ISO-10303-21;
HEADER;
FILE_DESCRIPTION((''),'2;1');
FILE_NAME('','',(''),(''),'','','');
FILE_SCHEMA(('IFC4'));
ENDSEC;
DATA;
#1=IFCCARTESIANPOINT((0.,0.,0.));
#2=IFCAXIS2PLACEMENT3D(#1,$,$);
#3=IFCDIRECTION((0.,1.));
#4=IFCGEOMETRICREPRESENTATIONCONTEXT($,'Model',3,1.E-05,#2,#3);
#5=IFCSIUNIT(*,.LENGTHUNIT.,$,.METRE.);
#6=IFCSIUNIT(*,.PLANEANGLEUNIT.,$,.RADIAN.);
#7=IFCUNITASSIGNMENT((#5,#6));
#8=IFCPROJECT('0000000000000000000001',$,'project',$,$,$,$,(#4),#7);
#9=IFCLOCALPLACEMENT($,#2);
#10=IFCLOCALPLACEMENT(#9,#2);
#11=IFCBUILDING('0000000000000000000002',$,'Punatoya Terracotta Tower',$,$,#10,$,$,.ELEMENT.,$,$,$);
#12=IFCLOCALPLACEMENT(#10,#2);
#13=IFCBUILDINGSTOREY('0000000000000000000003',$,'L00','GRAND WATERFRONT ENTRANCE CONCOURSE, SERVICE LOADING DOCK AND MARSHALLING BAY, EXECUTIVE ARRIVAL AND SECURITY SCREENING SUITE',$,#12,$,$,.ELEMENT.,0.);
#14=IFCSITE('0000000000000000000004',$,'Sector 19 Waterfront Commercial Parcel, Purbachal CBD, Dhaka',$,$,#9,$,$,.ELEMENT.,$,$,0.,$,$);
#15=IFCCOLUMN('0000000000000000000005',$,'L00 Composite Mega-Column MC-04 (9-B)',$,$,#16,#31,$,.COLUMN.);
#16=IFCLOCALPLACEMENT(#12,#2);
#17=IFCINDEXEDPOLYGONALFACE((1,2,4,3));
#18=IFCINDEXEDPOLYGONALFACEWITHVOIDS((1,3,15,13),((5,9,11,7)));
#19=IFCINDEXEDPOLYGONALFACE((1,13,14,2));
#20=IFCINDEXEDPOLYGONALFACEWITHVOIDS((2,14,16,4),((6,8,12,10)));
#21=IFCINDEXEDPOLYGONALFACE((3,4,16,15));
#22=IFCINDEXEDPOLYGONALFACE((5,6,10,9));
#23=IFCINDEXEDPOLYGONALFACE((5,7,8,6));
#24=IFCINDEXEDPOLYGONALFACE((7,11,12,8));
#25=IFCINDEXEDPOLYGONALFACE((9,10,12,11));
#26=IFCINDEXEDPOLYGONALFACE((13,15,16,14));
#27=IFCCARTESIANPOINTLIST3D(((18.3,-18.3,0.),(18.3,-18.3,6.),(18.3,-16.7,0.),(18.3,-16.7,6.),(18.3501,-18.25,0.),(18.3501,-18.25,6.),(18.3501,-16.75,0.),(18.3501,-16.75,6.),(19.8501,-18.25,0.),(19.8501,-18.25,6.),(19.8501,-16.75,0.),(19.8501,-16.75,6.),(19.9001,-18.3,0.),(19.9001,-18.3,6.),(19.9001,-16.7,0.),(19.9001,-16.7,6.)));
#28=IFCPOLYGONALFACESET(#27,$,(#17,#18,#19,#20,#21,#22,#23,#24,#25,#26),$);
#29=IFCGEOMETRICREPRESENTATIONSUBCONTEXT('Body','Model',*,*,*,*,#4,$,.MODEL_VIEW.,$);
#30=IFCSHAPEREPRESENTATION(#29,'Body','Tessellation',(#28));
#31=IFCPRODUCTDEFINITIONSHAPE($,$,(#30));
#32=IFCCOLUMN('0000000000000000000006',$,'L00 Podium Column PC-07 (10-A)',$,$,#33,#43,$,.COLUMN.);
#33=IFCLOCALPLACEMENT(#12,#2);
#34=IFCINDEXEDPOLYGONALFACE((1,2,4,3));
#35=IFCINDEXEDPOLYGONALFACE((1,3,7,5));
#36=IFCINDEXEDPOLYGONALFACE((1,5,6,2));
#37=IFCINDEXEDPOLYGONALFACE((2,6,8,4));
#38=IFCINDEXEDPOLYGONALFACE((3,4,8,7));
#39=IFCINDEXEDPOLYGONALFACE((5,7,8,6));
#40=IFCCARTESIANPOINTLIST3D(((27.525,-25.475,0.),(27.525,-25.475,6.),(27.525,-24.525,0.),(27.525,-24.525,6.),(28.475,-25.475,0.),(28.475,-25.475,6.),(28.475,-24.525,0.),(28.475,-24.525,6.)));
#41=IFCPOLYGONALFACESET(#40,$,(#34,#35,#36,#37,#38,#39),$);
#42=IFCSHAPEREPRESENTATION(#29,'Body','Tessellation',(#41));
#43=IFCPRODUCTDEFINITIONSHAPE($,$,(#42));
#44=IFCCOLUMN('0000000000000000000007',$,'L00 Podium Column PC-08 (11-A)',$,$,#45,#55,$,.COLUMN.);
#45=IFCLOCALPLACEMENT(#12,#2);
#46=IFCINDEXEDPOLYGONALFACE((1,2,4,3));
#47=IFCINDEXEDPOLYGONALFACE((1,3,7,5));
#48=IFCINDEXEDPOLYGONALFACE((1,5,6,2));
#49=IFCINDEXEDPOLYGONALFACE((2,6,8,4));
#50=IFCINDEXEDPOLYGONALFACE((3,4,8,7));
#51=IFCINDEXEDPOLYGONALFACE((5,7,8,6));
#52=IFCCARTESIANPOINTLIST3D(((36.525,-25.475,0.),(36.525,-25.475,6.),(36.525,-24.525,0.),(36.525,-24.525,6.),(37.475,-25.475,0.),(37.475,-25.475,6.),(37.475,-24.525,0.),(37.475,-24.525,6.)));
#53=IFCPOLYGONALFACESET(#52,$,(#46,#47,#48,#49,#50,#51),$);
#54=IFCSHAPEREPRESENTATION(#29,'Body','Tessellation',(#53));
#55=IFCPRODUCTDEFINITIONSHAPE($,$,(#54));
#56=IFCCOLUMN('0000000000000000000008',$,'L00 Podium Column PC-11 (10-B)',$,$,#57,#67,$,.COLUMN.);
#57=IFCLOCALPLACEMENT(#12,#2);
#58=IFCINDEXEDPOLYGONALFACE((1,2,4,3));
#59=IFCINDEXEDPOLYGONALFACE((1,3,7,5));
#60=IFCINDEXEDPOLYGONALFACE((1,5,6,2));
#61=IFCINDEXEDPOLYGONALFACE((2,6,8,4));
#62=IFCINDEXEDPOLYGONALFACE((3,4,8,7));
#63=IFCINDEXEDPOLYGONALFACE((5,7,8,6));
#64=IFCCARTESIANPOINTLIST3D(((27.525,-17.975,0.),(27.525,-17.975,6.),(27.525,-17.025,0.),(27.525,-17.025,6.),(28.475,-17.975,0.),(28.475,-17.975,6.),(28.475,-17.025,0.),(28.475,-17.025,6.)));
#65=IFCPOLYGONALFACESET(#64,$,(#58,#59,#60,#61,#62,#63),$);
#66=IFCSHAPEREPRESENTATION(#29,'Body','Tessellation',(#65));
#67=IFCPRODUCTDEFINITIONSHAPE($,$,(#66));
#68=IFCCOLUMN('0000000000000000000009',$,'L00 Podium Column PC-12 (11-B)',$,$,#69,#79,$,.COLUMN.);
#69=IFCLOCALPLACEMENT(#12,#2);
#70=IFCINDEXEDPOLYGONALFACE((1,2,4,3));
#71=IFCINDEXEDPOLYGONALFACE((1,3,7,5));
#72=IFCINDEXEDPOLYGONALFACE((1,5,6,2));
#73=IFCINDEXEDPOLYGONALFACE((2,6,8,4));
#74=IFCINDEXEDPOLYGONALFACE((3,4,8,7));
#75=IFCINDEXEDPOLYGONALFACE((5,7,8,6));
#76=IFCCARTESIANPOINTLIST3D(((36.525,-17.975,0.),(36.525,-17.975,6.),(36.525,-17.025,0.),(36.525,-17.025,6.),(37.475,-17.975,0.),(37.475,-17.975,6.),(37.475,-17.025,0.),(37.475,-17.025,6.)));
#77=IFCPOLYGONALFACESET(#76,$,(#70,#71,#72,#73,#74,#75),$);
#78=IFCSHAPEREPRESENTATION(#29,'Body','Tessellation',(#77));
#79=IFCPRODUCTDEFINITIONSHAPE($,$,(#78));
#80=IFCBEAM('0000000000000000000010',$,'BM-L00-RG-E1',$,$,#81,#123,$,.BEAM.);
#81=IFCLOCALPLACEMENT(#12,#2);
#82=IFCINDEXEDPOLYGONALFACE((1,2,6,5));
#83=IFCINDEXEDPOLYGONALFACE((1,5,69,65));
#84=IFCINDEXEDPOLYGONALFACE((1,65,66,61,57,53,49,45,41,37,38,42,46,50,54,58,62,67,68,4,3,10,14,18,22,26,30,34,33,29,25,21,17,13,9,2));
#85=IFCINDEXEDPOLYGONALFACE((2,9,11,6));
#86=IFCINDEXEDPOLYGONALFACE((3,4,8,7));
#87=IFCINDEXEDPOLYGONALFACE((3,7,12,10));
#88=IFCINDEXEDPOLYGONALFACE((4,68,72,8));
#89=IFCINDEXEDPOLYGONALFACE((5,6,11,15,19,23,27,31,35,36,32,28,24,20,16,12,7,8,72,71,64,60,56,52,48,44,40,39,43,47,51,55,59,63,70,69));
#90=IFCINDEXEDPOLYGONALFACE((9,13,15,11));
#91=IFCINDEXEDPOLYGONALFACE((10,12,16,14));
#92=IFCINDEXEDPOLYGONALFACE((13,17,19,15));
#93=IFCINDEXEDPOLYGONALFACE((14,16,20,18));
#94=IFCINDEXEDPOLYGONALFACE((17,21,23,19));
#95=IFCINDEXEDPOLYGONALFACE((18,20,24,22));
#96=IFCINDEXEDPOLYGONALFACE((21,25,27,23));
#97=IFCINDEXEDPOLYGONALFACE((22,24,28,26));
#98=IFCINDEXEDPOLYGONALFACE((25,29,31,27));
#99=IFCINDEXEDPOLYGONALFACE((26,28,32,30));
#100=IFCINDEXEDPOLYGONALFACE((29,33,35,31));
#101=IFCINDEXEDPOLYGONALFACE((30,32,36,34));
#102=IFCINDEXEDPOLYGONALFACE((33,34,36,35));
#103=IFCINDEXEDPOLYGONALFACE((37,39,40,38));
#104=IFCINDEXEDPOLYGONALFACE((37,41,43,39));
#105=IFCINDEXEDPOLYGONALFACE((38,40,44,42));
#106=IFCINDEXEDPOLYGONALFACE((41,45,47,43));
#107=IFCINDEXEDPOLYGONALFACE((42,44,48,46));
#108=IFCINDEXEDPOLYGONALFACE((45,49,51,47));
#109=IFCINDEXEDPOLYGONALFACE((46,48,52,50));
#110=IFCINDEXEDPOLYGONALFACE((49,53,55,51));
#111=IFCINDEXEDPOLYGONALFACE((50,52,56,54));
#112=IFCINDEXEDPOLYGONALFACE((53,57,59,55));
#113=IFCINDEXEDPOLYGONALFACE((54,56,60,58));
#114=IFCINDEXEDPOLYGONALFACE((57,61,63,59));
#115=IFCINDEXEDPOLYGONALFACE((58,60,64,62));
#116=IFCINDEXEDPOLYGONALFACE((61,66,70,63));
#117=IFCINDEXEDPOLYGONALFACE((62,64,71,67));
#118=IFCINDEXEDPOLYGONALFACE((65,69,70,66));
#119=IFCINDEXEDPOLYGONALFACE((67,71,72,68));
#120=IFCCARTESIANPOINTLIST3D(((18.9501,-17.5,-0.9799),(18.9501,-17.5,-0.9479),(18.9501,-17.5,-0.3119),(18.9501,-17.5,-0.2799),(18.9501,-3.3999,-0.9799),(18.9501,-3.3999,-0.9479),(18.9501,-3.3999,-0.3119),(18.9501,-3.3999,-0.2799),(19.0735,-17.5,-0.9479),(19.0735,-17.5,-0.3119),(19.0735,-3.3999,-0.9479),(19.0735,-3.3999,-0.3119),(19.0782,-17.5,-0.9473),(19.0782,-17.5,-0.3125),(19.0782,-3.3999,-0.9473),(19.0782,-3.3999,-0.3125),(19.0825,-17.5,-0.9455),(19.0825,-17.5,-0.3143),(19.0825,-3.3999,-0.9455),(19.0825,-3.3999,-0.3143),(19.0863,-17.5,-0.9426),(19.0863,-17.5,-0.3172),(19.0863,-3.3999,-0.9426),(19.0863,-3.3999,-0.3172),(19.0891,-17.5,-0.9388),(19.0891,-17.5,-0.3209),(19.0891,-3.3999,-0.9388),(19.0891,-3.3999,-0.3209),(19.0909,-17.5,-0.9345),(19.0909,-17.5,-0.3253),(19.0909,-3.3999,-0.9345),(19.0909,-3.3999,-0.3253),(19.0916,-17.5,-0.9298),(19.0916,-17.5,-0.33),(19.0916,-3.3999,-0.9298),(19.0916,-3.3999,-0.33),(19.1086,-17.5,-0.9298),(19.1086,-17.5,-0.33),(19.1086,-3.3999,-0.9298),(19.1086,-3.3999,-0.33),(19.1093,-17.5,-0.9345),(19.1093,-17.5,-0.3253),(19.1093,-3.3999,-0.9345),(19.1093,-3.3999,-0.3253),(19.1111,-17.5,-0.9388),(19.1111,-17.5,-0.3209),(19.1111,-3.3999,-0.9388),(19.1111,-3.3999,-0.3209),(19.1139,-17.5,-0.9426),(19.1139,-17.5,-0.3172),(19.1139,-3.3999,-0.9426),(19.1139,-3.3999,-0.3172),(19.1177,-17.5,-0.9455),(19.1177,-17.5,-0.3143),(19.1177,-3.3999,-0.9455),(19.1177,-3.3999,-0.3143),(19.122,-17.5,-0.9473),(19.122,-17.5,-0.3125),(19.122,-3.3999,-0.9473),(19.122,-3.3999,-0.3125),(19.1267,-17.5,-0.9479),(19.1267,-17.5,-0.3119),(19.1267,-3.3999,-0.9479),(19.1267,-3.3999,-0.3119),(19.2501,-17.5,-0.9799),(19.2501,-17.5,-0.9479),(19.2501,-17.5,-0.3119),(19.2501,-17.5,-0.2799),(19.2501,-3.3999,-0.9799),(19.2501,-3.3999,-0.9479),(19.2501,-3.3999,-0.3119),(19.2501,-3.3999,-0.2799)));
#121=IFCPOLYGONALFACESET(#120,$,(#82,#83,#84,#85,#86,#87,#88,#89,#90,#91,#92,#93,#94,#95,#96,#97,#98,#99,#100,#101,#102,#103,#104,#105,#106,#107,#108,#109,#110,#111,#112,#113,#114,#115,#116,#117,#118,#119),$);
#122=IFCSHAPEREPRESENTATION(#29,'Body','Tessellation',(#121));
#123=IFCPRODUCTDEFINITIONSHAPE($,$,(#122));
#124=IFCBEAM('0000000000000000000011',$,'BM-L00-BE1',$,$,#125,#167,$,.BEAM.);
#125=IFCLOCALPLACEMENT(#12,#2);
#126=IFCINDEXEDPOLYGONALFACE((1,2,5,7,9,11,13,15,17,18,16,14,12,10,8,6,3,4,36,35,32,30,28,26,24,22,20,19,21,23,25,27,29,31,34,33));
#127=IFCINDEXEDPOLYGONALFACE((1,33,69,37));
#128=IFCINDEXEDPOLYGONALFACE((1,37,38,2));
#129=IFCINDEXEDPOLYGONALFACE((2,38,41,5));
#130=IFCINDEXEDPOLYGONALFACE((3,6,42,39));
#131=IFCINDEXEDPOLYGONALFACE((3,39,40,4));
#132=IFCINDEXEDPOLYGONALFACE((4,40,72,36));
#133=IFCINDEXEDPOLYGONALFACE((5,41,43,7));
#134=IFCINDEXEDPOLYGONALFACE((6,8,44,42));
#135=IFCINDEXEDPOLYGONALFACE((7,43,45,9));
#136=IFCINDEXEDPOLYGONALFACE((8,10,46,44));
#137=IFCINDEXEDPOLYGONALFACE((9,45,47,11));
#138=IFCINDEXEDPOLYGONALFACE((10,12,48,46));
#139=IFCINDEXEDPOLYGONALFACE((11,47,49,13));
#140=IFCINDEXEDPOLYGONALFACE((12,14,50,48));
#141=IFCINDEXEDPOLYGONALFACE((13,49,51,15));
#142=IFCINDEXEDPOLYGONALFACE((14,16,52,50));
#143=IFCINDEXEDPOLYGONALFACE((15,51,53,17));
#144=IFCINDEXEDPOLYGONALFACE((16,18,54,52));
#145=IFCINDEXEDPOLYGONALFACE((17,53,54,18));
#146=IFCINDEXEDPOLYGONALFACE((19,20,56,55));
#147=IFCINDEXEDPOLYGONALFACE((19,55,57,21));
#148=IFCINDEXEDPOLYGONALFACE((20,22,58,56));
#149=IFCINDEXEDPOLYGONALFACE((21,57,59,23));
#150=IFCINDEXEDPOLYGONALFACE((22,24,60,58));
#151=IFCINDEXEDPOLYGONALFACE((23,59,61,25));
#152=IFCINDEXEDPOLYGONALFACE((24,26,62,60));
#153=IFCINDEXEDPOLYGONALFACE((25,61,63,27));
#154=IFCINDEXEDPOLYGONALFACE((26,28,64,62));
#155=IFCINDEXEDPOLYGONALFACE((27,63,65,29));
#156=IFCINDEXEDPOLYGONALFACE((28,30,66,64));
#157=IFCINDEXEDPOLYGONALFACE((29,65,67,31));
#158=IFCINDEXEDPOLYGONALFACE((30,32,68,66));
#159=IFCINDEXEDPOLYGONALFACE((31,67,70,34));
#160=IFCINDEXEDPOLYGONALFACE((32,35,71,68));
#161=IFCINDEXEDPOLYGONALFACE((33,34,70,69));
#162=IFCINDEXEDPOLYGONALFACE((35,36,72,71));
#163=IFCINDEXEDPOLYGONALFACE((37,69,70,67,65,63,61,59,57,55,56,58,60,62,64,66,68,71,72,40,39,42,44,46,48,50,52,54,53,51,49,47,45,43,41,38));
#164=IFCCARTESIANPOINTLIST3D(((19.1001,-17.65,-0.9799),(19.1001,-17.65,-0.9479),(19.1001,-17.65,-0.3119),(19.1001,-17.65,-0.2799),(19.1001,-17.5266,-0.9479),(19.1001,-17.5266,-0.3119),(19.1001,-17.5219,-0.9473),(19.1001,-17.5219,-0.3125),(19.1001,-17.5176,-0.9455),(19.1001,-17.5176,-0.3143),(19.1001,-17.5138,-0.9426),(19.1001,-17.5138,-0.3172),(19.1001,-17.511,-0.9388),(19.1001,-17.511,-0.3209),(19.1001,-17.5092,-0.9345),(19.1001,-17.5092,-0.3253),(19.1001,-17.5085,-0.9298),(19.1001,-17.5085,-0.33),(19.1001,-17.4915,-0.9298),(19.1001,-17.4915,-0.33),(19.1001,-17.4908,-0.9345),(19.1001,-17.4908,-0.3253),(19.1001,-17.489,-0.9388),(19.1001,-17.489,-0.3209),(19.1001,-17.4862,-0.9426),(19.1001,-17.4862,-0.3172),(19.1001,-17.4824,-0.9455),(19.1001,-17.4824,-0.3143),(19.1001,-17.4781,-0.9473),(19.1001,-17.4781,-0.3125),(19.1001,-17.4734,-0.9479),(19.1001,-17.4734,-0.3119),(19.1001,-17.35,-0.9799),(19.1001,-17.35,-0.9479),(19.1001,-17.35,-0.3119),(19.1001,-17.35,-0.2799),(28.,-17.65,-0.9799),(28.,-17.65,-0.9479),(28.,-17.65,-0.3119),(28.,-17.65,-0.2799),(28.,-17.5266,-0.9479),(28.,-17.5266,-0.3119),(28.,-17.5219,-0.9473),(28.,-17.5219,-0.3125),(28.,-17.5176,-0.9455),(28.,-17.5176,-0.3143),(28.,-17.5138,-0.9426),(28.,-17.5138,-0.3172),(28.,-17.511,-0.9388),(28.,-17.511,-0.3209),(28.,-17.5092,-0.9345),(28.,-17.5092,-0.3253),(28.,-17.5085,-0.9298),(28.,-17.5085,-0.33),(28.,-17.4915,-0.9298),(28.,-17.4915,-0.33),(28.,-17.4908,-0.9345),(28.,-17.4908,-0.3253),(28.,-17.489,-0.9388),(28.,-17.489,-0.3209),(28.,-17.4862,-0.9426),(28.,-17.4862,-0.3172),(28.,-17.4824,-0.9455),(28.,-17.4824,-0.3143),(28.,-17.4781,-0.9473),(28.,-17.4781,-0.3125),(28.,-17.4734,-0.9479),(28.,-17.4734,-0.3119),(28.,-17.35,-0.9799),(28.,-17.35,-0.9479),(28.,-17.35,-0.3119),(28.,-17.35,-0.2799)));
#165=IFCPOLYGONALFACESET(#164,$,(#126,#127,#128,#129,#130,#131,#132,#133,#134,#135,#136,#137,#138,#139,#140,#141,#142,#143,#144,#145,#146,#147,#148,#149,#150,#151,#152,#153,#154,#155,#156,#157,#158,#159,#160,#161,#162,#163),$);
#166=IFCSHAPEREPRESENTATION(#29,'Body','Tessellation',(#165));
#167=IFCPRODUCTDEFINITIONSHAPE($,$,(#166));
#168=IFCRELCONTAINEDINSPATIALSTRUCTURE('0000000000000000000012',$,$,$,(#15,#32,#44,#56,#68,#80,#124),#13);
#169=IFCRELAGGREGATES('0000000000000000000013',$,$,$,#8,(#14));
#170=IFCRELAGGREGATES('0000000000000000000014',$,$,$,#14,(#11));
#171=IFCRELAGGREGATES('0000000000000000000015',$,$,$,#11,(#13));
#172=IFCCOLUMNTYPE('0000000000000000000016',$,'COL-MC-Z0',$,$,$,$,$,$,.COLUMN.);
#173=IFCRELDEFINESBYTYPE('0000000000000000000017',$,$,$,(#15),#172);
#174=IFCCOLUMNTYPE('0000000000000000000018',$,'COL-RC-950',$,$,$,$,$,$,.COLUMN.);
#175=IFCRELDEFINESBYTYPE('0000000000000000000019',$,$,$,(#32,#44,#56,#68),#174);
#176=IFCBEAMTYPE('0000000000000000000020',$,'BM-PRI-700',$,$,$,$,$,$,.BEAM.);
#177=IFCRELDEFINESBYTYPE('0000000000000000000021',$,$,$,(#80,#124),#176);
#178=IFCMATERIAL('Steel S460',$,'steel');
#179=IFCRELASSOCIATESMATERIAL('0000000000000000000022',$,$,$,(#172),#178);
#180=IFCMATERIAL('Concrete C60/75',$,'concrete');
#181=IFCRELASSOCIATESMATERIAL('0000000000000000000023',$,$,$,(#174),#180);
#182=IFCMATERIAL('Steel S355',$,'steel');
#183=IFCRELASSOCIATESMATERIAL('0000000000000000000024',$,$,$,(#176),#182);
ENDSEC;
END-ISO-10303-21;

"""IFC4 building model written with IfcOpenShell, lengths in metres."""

from ifc_helpers import new_model, si_unit, direction, frame, origin, origin_2d, place, context, subcontext, project, spatial, rectangle, hollow_rectangle, i_section, extrude, material, material_profile, profile_set, type_object, element, save


model = new_model("IFC4")

# Units and contexts
model_context = context("Model", 3, precision=1e-05, world=origin(), true_north=direction((0.0, 1.0)))
body_context = subcontext(model_context, "Body", "Model", "MODEL_VIEW")
ifc_project = project(units=[si_unit("LENGTHUNIT", "METRE"), si_unit("PLANEANGLEUNIT", "RADIAN")], contexts=[model_context])

# Site, building, storey
site_placement = place(None, origin())
site = spatial("IfcSite", under=ifc_project, at=site_placement, Name="Sector 19 Waterfront Commercial Parcel, Purbachal CBD, Dhaka", CompositionType="ELEMENT", RefElevation=0.0)
building_placement = place(site_placement, origin())
building = spatial("IfcBuilding", under=site, at=building_placement, Name="Punatoya Terracotta Tower", CompositionType="ELEMENT")
storey_placement = place(building_placement, origin())
storey = spatial("IfcBuildingStorey", under=building, at=storey_placement, Name="L00", Description="GRAND WATERFRONT ENTRANCE CONCOURSE, SERVICE LOADING DOCK AND MARSHALLING BAY, EXECUTIVE ARRIVAL AND SECURITY SCREENING SUITE", CompositionType="ELEMENT", Elevation=0.0)

# Columns
ifc_material_1 = material(Name="Steel S460", Category="steel")
ifc_material_profile_1 = material_profile(ifc_material_1, hollow_rectangle(XDim=1.6001, YDim=1.6001, WallThickness=0.05, at=origin_2d()))
ifc_profile_set_1 = profile_set([ifc_material_profile_1], Name="Steel S460")
column_type_1 = type_object("IfcColumnType", Name="COL-MC-Z0", PredefinedType="COLUMN", material=ifc_profile_set_1)
column_placement = place(storey_placement, frame((19.1001, -17.5, 0.0), z_axis=(0.0, 0.0, 1.0), x_axis=(1.0, 0.0, 0.0)))
element("IfcColumn", 1, at=column_placement, inside=storey, type_object=column_type_1, Name="L00 Composite Mega-Column MC-04 (9-B)", PredefinedType="COLUMN", context=body_context, shape_type="SweptSolid", body=[
    extrude(hollow_rectangle(XDim=1.6001, YDim=1.6001, WallThickness=0.05, at=origin_2d()), origin(), (0.0, 0.0, 1.0), 6.0),
])
ifc_material_2 = material(Name="Concrete C60/75", Category="concrete")
ifc_material_profile_2 = material_profile(ifc_material_2, rectangle(XDim=0.95, YDim=0.95, at=origin_2d()))
ifc_profile_set_2 = profile_set([ifc_material_profile_2], Name="Concrete C60/75")
column_type_2 = type_object("IfcColumnType", Name="COL-RC-950", PredefinedType="COLUMN", material=ifc_profile_set_2)
for number, where, z_axis, x_axis, name in (
    (2, (28.0, -25.0, 0.0), (0.0, 0.0, 1.0), (1.0, 0.0, 0.0), "L00 Podium Column PC-07 (10-A)"),
    (3, (37.0, -25.0, 0.0), (0.0, 0.0, 1.0), (1.0, 0.0, 0.0), "L00 Podium Column PC-08 (11-A)"),
    (4, (28.0, -17.5, 0.0), (0.0, 0.0, 1.0), (1.0, 0.0, 0.0), "L00 Podium Column PC-11 (10-B)"),
    (5, (37.0, -17.5, 0.0), (0.0, 0.0, 1.0), (1.0, 0.0, 0.0), "L00 Podium Column PC-12 (11-B)"),
):
    element("IfcColumn", number, at=place(storey_placement, frame(where, z_axis=z_axis, x_axis=x_axis)), inside=storey, type_object=column_type_2, Name=name, PredefinedType="COLUMN", context=body_context, shape_type="SweptSolid", body=[
        extrude(rectangle(XDim=0.95, YDim=0.95, at=origin_2d()), origin(), (0.0, 0.0, 1.0), 6.0),
    ])

# Beams
ifc_material_3 = material(Name="Steel S355", Category="steel")
ifc_material_profile_3 = material_profile(ifc_material_3, i_section(OverallWidth=0.3, OverallDepth=0.7, WebThickness=0.0171, FlangeThickness=0.032, FilletRadius=0.0181, at=origin_2d()))
ifc_profile_set_3 = profile_set([ifc_material_profile_3], Name="Steel S355")
beam_type_1 = type_object("IfcBeamType", Name="BM-PRI-700", PredefinedType="BEAM", material=ifc_profile_set_3)
beam_1_placement = place(storey_placement, frame((19.1001, -17.5, -0.6299), z_axis=(0.0, 1.0, 0.0), x_axis=(-1.0, 0.0, 0.0)))
element("IfcBeam", 6, at=beam_1_placement, inside=storey, type_object=beam_type_1, Name="BM-L00-RG-E1", PredefinedType="BEAM", context=body_context, shape_type="SweptSolid", body=[
    extrude(i_section(OverallWidth=0.3, OverallDepth=0.7, WebThickness=0.0171, FlangeThickness=0.032, FilletRadius=0.0181, at=origin_2d()), origin(), (0.0, 0.0, 1.0), 14.1001),
])
beam_2_placement = place(storey_placement, frame((19.1001, -17.5, -0.6299), z_axis=(1.0, 0.0, 0.0), x_axis=(0.0, 1.0, 0.0)))
element("IfcBeam", 7, at=beam_2_placement, inside=storey, type_object=beam_type_1, Name="BM-L00-BE1", PredefinedType="BEAM", context=body_context, shape_type="SweptSolid", body=[
    extrude(i_section(OverallWidth=0.3, OverallDepth=0.7, WebThickness=0.0171, FlangeThickness=0.032, FilletRadius=0.0181, at=origin_2d()), origin(), (0.0, 0.0, 1.0), 8.8999),
])

save(model, "model.ifc")
